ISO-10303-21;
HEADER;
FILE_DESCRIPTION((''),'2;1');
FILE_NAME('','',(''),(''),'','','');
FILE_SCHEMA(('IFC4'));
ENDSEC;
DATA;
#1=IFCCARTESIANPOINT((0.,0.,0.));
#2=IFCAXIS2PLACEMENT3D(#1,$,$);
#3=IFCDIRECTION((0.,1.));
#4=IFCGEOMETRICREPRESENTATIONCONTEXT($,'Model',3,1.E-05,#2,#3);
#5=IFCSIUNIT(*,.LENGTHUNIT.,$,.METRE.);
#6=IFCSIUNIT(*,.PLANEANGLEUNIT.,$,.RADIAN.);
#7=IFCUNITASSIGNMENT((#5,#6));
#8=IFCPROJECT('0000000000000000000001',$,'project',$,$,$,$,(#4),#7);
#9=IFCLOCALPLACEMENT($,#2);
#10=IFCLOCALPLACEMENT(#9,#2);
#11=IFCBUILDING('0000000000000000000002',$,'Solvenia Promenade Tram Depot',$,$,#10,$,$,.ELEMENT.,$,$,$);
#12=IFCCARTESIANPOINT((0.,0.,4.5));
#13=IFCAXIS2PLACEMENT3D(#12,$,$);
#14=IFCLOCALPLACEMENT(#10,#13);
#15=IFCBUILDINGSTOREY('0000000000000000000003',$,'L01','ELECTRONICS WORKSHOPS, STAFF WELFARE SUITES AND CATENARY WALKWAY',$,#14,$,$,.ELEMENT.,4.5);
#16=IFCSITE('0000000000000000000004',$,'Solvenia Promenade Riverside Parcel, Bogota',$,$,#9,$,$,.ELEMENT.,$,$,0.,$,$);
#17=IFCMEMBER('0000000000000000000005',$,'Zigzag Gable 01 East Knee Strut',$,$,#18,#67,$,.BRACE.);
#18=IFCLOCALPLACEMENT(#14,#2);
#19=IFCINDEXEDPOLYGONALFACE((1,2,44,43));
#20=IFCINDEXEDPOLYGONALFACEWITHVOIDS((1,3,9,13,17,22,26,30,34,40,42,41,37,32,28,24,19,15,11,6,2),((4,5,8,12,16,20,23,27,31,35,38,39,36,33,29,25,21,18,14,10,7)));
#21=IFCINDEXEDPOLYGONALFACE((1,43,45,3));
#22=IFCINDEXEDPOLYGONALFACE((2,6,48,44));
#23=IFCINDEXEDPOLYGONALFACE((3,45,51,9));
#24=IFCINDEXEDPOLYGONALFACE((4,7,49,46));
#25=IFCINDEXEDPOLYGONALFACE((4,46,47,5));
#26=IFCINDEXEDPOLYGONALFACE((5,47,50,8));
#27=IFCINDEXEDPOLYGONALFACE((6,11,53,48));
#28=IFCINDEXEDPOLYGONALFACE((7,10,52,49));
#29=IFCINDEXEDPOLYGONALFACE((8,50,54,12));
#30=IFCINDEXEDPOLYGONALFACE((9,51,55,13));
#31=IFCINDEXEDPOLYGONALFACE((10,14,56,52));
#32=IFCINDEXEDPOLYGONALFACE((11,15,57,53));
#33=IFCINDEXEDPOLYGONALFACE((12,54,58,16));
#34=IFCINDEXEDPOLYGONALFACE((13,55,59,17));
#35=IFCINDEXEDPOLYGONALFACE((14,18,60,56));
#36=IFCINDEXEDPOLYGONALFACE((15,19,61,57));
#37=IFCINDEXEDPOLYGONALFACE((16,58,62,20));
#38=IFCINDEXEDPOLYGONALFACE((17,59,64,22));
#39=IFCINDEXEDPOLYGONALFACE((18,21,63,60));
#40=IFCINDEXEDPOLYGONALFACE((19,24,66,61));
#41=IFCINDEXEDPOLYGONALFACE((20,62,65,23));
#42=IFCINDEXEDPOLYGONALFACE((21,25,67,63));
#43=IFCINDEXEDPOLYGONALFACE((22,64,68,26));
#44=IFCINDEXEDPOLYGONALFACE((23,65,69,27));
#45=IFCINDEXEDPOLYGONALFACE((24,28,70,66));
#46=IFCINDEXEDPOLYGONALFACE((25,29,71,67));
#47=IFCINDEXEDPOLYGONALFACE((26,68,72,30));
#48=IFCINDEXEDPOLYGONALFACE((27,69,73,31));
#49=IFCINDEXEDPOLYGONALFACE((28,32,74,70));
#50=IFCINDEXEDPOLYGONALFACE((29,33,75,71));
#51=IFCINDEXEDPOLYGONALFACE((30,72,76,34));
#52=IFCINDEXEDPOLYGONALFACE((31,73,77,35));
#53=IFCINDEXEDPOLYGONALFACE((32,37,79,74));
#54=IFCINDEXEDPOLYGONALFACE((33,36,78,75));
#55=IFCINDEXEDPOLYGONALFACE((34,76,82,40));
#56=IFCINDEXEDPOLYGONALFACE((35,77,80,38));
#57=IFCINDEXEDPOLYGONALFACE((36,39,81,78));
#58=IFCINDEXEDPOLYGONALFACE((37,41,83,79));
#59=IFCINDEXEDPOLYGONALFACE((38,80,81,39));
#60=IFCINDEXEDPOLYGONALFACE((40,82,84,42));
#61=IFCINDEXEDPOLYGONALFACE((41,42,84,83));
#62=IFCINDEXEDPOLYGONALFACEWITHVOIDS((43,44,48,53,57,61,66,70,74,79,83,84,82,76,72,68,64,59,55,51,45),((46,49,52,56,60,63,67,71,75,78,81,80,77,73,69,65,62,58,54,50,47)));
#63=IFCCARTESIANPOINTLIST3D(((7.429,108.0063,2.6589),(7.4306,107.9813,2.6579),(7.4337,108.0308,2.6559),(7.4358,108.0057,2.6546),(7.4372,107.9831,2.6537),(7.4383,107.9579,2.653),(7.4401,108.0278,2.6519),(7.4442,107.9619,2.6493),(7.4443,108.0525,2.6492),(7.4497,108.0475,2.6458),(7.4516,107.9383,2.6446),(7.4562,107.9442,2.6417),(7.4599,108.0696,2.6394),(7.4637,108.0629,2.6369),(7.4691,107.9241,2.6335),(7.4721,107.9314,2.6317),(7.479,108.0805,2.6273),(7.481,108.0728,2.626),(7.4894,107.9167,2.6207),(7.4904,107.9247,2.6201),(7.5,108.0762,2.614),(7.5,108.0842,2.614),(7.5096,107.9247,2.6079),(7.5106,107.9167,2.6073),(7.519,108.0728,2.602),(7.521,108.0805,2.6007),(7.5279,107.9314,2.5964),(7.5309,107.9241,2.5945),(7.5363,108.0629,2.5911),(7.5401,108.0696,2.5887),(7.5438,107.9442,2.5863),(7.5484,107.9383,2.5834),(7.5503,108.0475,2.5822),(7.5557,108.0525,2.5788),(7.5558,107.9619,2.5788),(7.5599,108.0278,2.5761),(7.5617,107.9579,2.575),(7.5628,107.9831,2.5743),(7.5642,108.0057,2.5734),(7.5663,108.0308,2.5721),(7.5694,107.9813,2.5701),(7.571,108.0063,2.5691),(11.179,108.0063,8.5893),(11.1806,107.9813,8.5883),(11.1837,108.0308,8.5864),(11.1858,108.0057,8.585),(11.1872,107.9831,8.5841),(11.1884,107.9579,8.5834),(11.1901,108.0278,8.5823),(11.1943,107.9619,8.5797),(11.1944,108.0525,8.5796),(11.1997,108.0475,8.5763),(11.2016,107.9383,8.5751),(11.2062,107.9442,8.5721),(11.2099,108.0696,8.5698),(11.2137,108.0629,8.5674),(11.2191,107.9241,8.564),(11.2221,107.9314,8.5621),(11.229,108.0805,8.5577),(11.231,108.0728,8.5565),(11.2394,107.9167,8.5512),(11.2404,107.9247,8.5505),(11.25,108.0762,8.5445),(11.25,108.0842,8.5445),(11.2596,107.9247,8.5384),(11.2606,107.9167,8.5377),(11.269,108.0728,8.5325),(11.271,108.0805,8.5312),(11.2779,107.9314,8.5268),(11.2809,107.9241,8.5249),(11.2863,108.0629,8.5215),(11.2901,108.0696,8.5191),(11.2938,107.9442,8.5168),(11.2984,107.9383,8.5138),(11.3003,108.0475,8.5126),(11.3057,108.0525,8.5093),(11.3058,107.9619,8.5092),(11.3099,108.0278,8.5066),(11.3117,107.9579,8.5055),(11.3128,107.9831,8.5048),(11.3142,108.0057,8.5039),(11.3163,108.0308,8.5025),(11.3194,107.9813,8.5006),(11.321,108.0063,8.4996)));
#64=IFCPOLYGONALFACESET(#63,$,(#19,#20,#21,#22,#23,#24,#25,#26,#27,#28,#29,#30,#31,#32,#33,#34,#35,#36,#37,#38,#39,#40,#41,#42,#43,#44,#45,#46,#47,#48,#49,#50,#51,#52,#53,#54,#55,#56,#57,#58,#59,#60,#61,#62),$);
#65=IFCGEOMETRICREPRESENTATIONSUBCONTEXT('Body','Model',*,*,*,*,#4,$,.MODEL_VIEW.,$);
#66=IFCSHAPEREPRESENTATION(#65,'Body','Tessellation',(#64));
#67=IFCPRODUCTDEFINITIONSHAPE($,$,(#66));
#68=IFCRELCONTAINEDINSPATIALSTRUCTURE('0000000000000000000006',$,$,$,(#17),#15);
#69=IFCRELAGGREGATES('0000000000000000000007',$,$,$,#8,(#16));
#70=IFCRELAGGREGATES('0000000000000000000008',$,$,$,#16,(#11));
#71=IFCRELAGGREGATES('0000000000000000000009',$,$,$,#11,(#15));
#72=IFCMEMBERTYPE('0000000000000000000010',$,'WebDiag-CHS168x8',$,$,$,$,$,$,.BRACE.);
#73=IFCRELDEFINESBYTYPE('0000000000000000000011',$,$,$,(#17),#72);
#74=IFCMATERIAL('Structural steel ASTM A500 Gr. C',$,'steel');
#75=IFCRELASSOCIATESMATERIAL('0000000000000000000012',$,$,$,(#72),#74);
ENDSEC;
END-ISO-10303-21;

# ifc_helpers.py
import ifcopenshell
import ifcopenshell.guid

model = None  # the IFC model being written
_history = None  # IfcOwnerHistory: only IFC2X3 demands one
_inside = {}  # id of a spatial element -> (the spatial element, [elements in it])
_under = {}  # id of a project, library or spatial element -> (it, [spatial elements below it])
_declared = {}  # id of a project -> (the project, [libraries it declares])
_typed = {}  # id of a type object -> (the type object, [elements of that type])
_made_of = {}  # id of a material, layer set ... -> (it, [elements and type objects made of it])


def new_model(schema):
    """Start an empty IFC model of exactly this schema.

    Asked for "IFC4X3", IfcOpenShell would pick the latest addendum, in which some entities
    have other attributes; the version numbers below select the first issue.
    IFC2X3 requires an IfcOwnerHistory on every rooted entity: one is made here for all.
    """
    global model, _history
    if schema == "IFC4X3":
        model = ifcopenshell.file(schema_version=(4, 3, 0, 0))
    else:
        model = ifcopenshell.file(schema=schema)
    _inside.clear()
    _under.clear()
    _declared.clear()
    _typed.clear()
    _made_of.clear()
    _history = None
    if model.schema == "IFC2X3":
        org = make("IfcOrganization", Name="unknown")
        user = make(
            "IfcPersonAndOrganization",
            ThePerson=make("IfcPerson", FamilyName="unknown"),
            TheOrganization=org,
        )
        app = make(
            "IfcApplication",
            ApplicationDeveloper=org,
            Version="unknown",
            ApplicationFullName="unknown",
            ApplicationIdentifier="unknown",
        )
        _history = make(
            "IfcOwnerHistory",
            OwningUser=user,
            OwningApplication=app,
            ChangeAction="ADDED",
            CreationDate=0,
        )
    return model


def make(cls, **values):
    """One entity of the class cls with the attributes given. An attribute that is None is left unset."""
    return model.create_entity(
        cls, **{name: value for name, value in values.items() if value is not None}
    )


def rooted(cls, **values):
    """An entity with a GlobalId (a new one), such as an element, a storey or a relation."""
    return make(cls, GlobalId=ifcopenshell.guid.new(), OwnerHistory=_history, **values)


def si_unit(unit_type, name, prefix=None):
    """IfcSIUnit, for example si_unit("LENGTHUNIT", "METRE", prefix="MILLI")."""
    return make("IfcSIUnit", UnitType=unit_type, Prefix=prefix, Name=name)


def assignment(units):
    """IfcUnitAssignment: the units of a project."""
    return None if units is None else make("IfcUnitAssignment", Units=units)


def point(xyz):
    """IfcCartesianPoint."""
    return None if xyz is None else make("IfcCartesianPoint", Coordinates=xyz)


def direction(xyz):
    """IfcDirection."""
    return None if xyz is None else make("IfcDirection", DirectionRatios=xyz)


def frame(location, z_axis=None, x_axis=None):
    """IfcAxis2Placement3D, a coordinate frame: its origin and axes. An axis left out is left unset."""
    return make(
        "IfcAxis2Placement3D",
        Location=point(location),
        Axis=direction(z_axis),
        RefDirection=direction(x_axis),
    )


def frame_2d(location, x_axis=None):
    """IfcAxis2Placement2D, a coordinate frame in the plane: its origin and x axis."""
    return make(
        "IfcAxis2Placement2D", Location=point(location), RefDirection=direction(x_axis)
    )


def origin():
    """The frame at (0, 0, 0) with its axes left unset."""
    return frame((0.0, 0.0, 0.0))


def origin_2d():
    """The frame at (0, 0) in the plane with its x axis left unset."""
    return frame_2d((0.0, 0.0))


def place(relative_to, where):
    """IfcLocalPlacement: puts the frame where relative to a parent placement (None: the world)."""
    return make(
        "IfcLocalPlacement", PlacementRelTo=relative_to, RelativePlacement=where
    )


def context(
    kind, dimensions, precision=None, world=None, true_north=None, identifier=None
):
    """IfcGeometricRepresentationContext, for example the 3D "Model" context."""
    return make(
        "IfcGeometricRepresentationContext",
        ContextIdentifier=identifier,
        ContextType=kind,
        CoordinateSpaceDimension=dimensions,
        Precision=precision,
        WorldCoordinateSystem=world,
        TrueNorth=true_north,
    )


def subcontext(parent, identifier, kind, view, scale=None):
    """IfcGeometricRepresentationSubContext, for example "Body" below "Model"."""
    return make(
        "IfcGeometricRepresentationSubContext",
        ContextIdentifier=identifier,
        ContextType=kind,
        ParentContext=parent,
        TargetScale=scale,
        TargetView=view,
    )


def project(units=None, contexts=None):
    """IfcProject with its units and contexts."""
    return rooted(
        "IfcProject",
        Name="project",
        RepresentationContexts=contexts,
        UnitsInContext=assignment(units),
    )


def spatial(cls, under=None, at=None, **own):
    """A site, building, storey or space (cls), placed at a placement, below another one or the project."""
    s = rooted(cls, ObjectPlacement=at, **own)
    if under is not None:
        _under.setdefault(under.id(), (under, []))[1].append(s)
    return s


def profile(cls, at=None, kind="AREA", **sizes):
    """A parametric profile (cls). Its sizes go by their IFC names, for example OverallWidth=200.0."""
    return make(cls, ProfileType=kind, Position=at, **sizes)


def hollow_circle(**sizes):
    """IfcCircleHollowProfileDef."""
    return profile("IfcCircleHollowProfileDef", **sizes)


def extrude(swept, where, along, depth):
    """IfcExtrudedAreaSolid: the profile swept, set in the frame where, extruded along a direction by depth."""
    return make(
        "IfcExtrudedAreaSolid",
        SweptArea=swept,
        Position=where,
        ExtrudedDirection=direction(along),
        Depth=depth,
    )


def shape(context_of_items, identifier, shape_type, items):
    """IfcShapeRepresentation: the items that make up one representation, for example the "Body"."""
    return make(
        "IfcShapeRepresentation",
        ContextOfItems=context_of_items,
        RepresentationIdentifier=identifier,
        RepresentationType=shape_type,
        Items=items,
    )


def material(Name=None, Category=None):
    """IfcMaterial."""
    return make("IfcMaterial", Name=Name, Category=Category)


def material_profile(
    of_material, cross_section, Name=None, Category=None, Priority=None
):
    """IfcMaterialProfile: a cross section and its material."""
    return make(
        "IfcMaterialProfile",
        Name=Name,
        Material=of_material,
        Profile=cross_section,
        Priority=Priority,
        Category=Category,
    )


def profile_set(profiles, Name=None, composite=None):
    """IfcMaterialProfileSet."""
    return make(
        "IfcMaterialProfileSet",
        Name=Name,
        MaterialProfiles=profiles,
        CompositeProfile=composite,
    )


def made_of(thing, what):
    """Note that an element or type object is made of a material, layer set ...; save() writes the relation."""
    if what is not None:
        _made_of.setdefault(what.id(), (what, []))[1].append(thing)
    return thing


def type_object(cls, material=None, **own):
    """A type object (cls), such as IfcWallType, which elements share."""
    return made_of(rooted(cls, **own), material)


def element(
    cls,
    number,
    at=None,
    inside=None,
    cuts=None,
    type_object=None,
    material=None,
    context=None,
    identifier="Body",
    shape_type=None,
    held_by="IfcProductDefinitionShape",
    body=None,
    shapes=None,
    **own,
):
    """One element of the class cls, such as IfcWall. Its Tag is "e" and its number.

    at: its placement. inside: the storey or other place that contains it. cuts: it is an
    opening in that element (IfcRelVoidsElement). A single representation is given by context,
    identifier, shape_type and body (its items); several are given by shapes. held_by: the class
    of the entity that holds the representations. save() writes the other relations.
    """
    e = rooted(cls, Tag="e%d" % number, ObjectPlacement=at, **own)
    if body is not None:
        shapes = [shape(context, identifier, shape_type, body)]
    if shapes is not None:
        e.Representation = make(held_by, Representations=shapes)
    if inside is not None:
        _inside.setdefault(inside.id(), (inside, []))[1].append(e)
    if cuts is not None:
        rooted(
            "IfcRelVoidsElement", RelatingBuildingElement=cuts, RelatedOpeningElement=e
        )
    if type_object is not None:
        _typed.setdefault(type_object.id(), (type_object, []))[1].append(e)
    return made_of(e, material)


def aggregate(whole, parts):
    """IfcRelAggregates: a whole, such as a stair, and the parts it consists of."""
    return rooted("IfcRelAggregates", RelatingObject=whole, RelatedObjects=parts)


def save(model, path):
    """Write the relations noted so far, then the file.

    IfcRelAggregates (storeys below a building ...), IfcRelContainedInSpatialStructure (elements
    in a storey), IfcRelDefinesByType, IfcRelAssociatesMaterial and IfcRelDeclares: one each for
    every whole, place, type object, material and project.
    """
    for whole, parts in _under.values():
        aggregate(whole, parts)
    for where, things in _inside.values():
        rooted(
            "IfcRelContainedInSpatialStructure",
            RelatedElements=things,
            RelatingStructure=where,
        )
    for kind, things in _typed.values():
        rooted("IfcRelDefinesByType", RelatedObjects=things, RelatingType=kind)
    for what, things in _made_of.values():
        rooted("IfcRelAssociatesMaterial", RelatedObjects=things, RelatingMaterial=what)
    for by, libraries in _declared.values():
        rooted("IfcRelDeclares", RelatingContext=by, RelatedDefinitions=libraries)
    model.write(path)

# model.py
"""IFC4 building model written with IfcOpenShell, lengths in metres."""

from ifc_helpers import new_model, si_unit, direction, frame, origin, origin_2d, place, context, subcontext, project, spatial, hollow_circle, extrude, material, material_profile, profile_set, type_object, element, save


model = new_model("IFC4")

# Units and contexts
model_context = context("Model", 3, precision=1e-05, world=origin(), true_north=direction((0.0, 1.0)))
body_context = subcontext(model_context, "Body", "Model", "MODEL_VIEW")
ifc_project = project(units=[si_unit("LENGTHUNIT", "METRE"), si_unit("PLANEANGLEUNIT", "RADIAN")], contexts=[model_context])

# Site, building, storey
site_placement = place(None, origin())
site = spatial("IfcSite", under=ifc_project, at=site_placement, Name="Solvenia Promenade Riverside Parcel, Bogota", CompositionType="ELEMENT", RefElevation=0.0)
building_placement = place(site_placement, origin())
building = spatial("IfcBuilding", under=site, at=building_placement, Name="Solvenia Promenade Tram Depot", CompositionType="ELEMENT")
storey_placement = place(building_placement, frame((0.0, 0.0, 4.5)))
storey = spatial("IfcBuildingStorey", under=building, at=storey_placement, Name="L01", Description="ELECTRONICS WORKSHOPS, STAFF WELFARE SUITES AND CATENARY WALKWAY", CompositionType="ELEMENT", Elevation=4.5)

# Shared definitions
ifc_material_1 = material(Name="Structural steel ASTM A500 Gr. C", Category="steel")

# Member
ifc_material_profile_1 = material_profile(ifc_material_1, hollow_circle(Radius=0.0842, WallThickness=0.0081, at=origin_2d()), Name="CHS168.3x8", Category="steel")
ifc_profile_set_1 = profile_set([ifc_material_profile_1], Name="Structural steel ASTM A500 Gr. C")
member_type_1 = type_object("IfcMemberType", Name="WebDiag-CHS168x8", PredefinedType="BRACE", material=ifc_profile_set_1)
for number, where, z_axis, x_axis, name in (
    (1, (7.5, 108.0, 2.614), (0.534448, 0.0, 0.845201), (0.0, 1.0, 0.0), "Zigzag Gable 01 East Knee Strut"),
):
    element("IfcMember", number, at=place(storey_placement, frame(where, z_axis=z_axis, x_axis=x_axis)), inside=storey, type_object=member_type_1, Name=name, PredefinedType="BRACE", context=body_context, shape_type="SweptSolid", body=[
        extrude(hollow_circle(Radius=0.0842, WallThickness=0.0081, at=origin_2d()), origin(), (0.0, 0.0, 1.0), 7.0166),
    ])

save(model, "model.ifc")
